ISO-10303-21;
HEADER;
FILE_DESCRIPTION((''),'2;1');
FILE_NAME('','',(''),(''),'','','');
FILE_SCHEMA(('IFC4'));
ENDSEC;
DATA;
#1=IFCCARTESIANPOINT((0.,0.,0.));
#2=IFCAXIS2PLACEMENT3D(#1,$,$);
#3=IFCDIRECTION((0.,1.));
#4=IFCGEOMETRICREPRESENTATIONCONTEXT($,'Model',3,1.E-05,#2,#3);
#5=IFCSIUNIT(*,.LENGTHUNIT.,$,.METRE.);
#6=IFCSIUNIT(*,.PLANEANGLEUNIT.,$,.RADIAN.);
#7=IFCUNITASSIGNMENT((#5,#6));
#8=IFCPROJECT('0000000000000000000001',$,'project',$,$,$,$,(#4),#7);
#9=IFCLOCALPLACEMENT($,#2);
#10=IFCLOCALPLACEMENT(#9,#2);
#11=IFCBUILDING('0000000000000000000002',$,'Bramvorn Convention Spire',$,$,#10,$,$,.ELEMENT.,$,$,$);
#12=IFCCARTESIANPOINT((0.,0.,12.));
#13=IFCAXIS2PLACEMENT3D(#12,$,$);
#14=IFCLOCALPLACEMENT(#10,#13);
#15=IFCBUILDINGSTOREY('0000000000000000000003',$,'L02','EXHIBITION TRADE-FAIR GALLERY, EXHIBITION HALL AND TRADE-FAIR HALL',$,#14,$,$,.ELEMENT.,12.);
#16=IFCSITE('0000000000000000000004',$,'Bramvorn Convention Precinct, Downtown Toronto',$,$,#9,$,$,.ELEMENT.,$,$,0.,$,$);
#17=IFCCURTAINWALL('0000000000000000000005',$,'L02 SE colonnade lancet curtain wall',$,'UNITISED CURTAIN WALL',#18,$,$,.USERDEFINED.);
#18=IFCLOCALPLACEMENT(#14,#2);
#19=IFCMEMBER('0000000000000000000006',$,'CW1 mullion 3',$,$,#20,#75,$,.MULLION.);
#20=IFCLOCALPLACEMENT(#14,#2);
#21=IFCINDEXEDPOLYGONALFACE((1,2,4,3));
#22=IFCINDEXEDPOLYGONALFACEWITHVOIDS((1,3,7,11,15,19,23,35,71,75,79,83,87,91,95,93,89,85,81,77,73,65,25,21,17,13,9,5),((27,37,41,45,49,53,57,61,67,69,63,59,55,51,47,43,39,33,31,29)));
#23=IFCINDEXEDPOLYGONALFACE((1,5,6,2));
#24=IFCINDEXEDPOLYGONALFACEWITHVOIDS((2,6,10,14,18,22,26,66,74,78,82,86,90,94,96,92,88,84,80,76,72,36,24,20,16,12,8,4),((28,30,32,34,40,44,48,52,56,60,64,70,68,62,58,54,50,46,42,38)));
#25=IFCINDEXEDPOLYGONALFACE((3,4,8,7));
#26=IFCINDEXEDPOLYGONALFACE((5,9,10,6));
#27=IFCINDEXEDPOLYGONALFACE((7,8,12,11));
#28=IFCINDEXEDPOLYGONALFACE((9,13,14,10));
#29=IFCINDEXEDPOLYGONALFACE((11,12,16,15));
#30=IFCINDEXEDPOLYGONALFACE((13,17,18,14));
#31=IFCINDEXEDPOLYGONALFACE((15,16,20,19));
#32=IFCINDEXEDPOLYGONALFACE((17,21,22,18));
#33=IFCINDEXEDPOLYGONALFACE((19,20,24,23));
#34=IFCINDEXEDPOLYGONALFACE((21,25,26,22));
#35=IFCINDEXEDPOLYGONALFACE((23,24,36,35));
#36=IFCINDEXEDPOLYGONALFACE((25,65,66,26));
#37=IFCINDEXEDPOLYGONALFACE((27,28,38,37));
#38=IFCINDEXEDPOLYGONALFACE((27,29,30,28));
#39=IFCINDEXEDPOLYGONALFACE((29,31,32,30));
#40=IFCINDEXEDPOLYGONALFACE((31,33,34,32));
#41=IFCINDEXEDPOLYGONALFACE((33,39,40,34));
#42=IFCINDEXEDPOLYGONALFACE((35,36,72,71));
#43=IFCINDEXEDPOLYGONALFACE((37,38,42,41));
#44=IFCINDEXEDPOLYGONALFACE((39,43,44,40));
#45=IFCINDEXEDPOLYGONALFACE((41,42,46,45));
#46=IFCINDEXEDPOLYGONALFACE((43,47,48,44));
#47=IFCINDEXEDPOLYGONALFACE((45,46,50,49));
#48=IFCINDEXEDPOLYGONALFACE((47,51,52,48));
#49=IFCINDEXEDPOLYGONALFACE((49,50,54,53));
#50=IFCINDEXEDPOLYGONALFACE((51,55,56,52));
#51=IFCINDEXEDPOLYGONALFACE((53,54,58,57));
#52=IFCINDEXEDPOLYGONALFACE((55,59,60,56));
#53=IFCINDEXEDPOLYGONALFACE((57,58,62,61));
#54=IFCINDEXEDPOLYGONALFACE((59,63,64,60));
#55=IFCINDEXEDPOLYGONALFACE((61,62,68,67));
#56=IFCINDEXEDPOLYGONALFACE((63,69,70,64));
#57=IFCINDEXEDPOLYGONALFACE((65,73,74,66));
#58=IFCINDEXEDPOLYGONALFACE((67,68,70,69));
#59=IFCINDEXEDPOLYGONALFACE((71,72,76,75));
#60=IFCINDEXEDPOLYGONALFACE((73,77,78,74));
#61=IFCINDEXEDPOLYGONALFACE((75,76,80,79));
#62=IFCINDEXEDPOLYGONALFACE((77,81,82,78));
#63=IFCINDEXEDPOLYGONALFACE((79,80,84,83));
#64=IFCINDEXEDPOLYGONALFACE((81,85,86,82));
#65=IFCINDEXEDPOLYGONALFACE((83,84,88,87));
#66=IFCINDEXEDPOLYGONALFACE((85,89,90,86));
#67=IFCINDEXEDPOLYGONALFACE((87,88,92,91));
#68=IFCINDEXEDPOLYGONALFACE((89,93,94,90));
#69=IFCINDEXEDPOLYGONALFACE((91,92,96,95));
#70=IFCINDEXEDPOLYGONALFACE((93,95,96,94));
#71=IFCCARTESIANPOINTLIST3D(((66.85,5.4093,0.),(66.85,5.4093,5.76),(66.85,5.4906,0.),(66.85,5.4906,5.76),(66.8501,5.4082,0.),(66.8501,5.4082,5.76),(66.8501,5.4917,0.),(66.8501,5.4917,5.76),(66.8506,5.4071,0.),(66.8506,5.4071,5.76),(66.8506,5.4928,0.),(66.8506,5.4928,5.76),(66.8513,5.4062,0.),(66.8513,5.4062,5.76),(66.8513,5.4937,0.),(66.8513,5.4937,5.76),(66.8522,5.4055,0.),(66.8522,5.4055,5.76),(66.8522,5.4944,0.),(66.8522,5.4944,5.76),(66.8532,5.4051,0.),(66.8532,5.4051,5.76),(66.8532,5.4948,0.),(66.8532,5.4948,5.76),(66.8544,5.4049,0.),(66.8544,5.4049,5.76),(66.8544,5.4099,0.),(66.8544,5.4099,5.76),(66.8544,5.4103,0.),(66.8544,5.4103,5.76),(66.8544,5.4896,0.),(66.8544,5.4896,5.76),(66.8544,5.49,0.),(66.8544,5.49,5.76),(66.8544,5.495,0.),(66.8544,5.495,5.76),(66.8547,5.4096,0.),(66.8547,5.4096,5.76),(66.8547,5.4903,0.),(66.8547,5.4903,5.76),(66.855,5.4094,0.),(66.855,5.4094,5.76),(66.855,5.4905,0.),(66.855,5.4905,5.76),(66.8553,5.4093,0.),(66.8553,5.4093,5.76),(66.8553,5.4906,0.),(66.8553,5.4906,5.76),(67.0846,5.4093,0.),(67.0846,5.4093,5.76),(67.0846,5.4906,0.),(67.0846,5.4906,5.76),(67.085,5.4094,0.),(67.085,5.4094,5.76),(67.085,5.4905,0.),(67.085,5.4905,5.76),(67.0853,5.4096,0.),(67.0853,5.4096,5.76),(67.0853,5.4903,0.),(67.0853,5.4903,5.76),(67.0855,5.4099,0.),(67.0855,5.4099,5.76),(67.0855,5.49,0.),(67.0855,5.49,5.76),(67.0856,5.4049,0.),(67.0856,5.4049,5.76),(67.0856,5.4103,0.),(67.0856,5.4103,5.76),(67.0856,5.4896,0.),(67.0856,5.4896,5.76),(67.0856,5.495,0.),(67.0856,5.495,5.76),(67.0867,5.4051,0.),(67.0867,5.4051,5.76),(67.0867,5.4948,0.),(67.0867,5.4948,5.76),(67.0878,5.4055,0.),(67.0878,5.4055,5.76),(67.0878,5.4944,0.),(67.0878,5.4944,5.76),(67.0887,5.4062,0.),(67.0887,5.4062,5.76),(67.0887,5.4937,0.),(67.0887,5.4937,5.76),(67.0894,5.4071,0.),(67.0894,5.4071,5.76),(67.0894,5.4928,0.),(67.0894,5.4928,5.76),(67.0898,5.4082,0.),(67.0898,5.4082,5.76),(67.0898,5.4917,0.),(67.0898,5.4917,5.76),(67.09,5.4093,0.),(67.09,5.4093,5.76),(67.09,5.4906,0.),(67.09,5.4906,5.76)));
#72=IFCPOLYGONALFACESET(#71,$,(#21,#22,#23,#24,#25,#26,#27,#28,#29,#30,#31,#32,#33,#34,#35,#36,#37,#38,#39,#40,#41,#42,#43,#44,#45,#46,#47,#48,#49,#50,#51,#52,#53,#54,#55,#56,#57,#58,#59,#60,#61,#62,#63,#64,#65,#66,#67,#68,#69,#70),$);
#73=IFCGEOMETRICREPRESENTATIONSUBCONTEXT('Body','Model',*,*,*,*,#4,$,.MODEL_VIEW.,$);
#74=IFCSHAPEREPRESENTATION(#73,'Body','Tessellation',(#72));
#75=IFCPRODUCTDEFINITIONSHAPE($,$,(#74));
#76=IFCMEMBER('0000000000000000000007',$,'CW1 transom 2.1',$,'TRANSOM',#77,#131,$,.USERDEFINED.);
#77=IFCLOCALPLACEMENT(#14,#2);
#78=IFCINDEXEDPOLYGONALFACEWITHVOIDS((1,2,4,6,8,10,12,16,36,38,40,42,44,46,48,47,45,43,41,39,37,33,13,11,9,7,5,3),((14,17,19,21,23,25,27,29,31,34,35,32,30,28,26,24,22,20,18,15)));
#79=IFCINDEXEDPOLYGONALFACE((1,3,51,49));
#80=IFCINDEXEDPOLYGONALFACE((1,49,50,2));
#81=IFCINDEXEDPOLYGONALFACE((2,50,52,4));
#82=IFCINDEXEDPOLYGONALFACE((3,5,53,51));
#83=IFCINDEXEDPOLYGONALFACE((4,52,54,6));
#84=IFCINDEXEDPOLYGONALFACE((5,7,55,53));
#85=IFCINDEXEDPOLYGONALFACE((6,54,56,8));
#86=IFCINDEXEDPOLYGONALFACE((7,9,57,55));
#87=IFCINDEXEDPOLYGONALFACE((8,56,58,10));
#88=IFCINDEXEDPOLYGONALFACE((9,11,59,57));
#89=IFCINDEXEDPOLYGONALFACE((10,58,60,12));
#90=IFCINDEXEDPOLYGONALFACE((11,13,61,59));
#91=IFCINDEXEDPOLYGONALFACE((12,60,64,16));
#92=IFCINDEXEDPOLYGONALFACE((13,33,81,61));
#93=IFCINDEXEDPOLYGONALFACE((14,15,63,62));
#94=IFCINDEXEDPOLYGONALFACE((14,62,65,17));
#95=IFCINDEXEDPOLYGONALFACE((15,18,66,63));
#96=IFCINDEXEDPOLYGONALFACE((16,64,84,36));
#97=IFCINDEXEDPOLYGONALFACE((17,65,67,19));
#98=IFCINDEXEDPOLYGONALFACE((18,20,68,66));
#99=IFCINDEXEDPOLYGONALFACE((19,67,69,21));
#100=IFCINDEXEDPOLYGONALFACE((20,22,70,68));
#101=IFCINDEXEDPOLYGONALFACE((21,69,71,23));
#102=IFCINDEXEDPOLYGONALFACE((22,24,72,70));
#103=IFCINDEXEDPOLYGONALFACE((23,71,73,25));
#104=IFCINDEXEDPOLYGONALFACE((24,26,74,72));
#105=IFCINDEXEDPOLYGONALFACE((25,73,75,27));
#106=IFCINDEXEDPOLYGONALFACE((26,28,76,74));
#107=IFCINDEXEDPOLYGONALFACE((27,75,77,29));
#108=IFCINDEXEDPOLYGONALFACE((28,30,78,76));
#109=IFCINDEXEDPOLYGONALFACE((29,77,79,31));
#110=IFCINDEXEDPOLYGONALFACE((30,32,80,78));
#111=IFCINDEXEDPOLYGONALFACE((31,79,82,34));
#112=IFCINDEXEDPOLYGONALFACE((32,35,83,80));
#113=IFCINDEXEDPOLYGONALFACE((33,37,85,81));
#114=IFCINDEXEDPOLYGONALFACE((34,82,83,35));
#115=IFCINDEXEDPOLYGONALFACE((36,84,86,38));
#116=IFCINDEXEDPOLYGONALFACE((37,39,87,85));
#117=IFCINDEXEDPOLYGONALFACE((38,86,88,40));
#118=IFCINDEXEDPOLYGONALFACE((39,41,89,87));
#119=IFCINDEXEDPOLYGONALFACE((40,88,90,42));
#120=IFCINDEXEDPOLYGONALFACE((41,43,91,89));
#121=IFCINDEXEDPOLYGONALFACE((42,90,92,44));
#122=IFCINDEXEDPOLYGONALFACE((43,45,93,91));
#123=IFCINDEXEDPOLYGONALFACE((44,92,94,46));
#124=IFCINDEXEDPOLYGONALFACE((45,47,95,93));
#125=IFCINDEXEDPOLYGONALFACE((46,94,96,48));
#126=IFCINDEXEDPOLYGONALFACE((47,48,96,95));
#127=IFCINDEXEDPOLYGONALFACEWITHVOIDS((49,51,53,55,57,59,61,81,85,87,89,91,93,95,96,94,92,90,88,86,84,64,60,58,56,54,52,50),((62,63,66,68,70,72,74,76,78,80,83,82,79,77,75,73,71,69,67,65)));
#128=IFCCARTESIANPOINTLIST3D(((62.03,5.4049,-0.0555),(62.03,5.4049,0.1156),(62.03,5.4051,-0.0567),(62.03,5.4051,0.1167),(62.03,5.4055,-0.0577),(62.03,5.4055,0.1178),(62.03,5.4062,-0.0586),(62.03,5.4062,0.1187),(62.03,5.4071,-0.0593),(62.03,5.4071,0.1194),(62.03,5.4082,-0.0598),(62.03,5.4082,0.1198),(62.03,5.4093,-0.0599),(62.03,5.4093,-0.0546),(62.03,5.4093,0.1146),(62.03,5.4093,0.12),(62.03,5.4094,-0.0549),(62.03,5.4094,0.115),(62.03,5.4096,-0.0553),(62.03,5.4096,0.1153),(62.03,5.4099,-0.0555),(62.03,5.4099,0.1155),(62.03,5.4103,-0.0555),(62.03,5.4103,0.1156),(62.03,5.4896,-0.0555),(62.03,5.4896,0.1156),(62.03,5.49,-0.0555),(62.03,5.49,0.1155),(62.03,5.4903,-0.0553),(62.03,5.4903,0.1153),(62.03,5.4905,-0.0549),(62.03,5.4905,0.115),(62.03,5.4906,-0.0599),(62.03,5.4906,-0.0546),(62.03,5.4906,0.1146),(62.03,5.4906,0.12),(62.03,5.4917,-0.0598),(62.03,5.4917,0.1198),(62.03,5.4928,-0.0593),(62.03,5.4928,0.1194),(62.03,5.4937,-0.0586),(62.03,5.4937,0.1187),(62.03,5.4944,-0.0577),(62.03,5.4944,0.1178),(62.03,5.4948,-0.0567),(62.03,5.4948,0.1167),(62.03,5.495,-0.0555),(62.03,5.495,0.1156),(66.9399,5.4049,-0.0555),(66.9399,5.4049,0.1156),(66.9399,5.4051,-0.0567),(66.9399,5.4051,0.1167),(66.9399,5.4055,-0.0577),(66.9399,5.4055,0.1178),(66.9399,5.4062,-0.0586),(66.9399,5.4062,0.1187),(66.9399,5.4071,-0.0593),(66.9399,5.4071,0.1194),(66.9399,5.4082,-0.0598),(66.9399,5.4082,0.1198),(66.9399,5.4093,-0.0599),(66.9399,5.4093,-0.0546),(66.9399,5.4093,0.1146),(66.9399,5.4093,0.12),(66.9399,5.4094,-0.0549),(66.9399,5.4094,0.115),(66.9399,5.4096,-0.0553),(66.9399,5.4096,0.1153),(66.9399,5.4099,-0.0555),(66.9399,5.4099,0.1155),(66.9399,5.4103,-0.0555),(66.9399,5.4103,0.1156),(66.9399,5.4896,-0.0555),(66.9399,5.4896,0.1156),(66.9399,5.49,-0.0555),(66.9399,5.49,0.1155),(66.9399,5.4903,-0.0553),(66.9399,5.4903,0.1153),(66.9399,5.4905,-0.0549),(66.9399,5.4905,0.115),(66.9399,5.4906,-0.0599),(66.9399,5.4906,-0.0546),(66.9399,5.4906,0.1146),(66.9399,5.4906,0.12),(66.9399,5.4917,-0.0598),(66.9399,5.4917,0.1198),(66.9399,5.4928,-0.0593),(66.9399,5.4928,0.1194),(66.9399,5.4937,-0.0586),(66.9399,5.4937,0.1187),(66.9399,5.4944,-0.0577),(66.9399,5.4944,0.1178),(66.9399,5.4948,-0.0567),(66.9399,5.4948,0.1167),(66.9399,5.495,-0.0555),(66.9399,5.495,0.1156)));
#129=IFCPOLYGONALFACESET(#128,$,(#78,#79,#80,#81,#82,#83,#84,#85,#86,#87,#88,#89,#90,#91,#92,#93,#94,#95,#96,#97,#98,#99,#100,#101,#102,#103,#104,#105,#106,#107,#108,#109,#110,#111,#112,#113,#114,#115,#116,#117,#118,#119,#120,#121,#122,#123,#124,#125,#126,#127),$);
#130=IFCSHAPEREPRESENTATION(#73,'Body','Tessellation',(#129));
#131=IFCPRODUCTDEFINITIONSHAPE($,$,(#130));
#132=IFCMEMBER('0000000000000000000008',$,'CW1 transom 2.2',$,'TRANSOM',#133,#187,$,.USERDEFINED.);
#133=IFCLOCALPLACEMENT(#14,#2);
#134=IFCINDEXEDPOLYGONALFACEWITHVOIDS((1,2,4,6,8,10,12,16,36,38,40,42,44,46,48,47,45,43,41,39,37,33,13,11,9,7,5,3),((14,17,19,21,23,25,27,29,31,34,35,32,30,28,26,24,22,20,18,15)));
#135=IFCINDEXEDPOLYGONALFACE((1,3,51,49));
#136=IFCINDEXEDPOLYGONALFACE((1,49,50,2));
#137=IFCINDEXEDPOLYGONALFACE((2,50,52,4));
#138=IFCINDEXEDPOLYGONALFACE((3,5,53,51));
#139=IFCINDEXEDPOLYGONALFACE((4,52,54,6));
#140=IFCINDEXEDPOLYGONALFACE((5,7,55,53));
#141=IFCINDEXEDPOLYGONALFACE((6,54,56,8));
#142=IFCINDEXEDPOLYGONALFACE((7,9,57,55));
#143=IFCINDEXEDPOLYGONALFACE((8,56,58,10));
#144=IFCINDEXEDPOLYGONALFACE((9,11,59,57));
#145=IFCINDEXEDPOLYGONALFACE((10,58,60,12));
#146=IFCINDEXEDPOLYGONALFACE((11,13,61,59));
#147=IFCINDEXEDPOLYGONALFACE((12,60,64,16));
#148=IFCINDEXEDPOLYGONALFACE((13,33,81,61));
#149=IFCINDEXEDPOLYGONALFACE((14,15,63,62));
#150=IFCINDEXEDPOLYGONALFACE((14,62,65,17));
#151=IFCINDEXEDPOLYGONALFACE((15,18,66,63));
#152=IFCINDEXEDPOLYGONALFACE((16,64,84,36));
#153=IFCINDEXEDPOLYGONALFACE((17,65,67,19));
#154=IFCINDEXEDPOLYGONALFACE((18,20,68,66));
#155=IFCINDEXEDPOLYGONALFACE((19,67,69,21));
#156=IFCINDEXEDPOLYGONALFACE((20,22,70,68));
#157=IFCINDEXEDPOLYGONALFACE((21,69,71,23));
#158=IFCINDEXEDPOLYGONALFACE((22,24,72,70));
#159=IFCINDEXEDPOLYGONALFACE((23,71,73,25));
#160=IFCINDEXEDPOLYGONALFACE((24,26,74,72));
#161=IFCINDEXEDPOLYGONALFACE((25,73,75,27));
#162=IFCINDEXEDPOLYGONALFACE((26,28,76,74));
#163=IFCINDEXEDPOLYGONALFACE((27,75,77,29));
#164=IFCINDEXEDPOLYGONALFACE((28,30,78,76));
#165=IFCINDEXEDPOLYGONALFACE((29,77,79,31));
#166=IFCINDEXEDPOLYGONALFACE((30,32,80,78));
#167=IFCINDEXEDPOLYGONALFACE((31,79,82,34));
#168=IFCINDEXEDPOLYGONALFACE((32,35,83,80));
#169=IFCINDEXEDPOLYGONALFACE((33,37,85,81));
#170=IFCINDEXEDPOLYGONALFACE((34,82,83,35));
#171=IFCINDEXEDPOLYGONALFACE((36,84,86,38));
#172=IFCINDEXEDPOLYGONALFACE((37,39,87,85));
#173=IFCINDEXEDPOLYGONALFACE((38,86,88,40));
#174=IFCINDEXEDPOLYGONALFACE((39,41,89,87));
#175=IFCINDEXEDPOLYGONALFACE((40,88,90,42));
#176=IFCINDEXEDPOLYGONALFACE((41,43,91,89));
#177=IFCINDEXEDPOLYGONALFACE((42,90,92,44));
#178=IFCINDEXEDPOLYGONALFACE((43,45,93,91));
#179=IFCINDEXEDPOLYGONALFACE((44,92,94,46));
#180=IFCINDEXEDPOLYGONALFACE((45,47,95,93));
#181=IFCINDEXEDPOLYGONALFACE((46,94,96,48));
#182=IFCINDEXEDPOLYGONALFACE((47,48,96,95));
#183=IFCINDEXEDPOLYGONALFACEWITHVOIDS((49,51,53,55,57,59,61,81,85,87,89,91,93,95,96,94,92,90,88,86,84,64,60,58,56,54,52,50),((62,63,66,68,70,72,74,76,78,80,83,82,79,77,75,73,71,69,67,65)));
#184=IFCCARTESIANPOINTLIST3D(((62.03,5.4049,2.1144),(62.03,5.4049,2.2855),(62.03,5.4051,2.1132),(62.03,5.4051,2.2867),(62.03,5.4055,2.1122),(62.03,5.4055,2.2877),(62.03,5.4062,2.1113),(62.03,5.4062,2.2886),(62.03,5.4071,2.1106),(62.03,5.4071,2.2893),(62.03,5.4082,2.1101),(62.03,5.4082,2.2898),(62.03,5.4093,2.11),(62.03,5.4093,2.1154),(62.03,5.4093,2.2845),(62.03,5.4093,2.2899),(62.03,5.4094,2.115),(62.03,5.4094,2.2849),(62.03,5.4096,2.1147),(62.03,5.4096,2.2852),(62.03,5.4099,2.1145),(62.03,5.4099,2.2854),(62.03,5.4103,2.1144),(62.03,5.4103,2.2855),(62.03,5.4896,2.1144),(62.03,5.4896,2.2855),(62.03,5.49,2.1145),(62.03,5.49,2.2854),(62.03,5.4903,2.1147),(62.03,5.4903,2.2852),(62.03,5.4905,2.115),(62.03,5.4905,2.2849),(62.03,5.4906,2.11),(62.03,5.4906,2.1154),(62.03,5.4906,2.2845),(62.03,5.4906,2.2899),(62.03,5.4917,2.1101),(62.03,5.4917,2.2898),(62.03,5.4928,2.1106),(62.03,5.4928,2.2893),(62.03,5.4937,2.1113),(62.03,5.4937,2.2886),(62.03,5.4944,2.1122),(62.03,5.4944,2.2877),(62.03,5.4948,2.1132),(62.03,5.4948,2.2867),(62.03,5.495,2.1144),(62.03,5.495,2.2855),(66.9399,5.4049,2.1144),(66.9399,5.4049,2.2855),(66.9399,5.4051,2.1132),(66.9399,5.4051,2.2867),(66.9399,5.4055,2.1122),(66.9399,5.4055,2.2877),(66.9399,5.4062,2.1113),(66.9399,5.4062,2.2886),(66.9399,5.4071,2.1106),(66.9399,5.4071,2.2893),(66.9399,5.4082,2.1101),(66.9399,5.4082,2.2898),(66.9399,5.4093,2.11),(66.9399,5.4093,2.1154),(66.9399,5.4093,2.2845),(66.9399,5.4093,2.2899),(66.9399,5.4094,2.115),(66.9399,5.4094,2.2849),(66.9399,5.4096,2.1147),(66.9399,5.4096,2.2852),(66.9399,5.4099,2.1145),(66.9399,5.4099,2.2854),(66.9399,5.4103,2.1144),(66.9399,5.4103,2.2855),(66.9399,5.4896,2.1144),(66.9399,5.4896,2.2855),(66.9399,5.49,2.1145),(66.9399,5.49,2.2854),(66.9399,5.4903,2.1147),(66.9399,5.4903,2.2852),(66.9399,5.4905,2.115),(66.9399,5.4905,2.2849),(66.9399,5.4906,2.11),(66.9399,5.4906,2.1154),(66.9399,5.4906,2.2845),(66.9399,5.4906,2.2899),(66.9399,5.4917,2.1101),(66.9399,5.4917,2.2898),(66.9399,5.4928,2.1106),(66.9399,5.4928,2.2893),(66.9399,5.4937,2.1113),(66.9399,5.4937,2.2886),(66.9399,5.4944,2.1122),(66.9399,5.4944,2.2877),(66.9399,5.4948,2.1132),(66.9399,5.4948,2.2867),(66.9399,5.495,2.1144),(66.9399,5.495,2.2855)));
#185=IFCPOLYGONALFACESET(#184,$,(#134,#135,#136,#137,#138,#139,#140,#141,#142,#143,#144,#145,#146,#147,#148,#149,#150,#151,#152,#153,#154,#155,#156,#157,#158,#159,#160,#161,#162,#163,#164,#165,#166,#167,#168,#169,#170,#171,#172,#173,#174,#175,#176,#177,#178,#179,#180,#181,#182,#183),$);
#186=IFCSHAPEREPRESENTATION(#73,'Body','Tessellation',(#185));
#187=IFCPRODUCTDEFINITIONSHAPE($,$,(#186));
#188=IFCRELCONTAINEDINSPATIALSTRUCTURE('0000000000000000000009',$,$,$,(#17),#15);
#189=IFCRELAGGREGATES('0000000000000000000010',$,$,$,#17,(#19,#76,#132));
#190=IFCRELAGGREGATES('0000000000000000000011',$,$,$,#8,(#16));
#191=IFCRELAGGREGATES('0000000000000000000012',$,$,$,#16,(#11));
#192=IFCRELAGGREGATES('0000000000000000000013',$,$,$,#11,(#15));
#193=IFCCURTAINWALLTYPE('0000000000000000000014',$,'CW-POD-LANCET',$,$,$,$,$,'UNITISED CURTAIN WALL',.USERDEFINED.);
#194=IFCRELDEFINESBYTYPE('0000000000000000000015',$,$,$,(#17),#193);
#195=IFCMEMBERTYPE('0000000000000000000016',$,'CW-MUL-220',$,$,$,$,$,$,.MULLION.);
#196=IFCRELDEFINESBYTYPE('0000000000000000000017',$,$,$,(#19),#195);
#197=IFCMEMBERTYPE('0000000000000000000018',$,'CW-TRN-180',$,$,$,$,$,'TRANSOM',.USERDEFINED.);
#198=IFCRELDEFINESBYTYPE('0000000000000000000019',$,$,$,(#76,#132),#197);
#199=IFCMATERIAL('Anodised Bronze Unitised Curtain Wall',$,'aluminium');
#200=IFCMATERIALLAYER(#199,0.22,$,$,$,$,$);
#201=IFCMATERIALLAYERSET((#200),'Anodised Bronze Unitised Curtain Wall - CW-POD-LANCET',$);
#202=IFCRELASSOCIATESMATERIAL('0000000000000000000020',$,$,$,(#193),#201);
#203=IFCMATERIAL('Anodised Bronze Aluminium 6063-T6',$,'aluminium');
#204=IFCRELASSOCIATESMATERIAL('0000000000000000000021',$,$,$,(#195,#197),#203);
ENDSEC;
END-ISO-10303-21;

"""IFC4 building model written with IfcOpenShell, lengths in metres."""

from ifc_helpers import new_model, si_unit, direction, frame, origin, origin_2d, place, context, subcontext, project, spatial, hollow_rectangle, extrude, material, layer, layer_set, material_profile, profile_set, type_object, element, aggregate, save


model = new_model("IFC4")

# Units and contexts
model_context = context("Model", 3, precision=1e-05, world=origin(), true_north=direction((0.0, 1.0)))
body_context = subcontext(model_context, "Body", "Model", "MODEL_VIEW")
ifc_project = project(units=[si_unit("LENGTHUNIT", "METRE"), si_unit("PLANEANGLEUNIT", "RADIAN")], contexts=[model_context])

# Site, building, storey
site_placement = place(None, origin())
site = spatial("IfcSite", under=ifc_project, at=site_placement, Name="Bramvorn Convention Precinct, Downtown Toronto", CompositionType="ELEMENT", RefElevation=0.0)
building_placement = place(site_placement, origin())
building = spatial("IfcBuilding", under=site, at=building_placement, Name="Bramvorn Convention Spire", CompositionType="ELEMENT")
storey_placement = place(building_placement, frame((0.0, 0.0, 12.0)))
storey = spatial("IfcBuildingStorey", under=building, at=storey_placement, Name="L02", Description="EXHIBITION TRADE-FAIR GALLERY, EXHIBITION HALL AND TRADE-FAIR HALL", CompositionType="ELEMENT", Elevation=12.0)

# Curtain wall, members
ifc_material_1 = material(Name="Anodised Bronze Unitised Curtain Wall", Category="aluminium")
ifc_layer_1 = layer(ifc_material_1, 0.22)
ifc_layer_set_1 = layer_set([ifc_layer_1], Name="Anodised Bronze Unitised Curtain Wall - CW-POD-LANCET")
curtain_wall_type = type_object("IfcCurtainWallType", Name="CW-POD-LANCET", ElementType="UNITISED CURTAIN WALL", PredefinedType="USERDEFINED", material=ifc_layer_set_1)
curtain_wall_placement = place(storey_placement, origin())
curtain_wall = element("IfcCurtainWall", 1, at=curtain_wall_placement, inside=storey, type_object=curtain_wall_type, Name="L02 SE colonnade lancet curtain wall", ObjectType="UNITISED CURTAIN WALL", PredefinedType="USERDEFINED")
ifc_material_2 = material(Name="Anodised Bronze Aluminium 6063-T6", Category="aluminium")
ifc_material_profile_1 = material_profile(ifc_material_2, hollow_rectangle(XDim=0.0901, YDim=0.24, WallThickness=0.0044, InnerFilletRadius=0.001, OuterFilletRadius=0.0044, at=origin_2d()))
ifc_profile_set_1 = profile_set([ifc_material_profile_1], Name="Anodised Bronze Aluminium 6063-T6 - CWM90X240")
member_type_1 = type_object("IfcMemberType", Name="CW-MUL-220", PredefinedType="MULLION", material=ifc_profile_set_1)
member_1_placement = place(storey_placement, frame((66.97, 5.45, 0.0), z_axis=(0.0, 0.0, 1.0), x_axis=(0.0, 1.0, 0.0)))
member_1 = element("IfcMember", 2, at=member_1_placement, type_object=member_type_1, Name="CW1 mullion 3", PredefinedType="MULLION", context=body_context, shape_type="SweptSolid", body=[
    extrude(hollow_rectangle(XDim=0.0901, YDim=0.24, WallThickness=0.0044, InnerFilletRadius=0.001, OuterFilletRadius=0.0044, at=origin_2d()), origin(), (0.0, 0.0, 1.0), 5.76),
])
ifc_material_profile_2 = material_profile(ifc_material_2, hollow_rectangle(XDim=0.0901, YDim=0.1799, WallThickness=0.0044, InnerFilletRadius=0.001, OuterFilletRadius=0.0044, at=origin_2d()))
ifc_profile_set_2 = profile_set([ifc_material_profile_2], Name="Anodised Bronze Aluminium 6063-T6 - CWT90X180")
member_type_2 = type_object("IfcMemberType", Name="CW-TRN-180", ElementType="TRANSOM", PredefinedType="USERDEFINED", material=ifc_profile_set_2)
member_2_placement = place(storey_placement, frame((62.03, 5.45, 0.03), z_axis=(1.0, 0.0, 0.0), x_axis=(0.0, 1.0, 0.0)))
member_2 = element("IfcMember", 3, at=member_2_placement, type_object=member_type_2, Name="CW1 transom 2.1", ObjectType="TRANSOM", PredefinedType="USERDEFINED", context=body_context, shape_type="SweptSolid", body=[
    extrude(hollow_rectangle(XDim=0.0901, YDim=0.1799, WallThickness=0.0044, InnerFilletRadius=0.001, OuterFilletRadius=0.0044, at=origin_2d()), origin(), (0.0, 0.0, 1.0), 4.9099),
])
member_3_placement = place(storey_placement, frame((62.03, 5.45, 2.2), z_axis=(1.0, 0.0, 0.0), x_axis=(0.0, 1.0, 0.0)))
member_3 = element("IfcMember", 4, at=member_3_placement, type_object=member_type_2, Name="CW1 transom 2.2", ObjectType="TRANSOM", PredefinedType="USERDEFINED", context=body_context, shape_type="SweptSolid", body=[
    extrude(hollow_rectangle(XDim=0.0901, YDim=0.1799, WallThickness=0.0044, InnerFilletRadius=0.001, OuterFilletRadius=0.0044, at=origin_2d()), origin(), (0.0, 0.0, 1.0), 4.9099),
])
aggregate(curtain_wall, [member_1, member_2, member_3])

save(model, "model.ifc")
